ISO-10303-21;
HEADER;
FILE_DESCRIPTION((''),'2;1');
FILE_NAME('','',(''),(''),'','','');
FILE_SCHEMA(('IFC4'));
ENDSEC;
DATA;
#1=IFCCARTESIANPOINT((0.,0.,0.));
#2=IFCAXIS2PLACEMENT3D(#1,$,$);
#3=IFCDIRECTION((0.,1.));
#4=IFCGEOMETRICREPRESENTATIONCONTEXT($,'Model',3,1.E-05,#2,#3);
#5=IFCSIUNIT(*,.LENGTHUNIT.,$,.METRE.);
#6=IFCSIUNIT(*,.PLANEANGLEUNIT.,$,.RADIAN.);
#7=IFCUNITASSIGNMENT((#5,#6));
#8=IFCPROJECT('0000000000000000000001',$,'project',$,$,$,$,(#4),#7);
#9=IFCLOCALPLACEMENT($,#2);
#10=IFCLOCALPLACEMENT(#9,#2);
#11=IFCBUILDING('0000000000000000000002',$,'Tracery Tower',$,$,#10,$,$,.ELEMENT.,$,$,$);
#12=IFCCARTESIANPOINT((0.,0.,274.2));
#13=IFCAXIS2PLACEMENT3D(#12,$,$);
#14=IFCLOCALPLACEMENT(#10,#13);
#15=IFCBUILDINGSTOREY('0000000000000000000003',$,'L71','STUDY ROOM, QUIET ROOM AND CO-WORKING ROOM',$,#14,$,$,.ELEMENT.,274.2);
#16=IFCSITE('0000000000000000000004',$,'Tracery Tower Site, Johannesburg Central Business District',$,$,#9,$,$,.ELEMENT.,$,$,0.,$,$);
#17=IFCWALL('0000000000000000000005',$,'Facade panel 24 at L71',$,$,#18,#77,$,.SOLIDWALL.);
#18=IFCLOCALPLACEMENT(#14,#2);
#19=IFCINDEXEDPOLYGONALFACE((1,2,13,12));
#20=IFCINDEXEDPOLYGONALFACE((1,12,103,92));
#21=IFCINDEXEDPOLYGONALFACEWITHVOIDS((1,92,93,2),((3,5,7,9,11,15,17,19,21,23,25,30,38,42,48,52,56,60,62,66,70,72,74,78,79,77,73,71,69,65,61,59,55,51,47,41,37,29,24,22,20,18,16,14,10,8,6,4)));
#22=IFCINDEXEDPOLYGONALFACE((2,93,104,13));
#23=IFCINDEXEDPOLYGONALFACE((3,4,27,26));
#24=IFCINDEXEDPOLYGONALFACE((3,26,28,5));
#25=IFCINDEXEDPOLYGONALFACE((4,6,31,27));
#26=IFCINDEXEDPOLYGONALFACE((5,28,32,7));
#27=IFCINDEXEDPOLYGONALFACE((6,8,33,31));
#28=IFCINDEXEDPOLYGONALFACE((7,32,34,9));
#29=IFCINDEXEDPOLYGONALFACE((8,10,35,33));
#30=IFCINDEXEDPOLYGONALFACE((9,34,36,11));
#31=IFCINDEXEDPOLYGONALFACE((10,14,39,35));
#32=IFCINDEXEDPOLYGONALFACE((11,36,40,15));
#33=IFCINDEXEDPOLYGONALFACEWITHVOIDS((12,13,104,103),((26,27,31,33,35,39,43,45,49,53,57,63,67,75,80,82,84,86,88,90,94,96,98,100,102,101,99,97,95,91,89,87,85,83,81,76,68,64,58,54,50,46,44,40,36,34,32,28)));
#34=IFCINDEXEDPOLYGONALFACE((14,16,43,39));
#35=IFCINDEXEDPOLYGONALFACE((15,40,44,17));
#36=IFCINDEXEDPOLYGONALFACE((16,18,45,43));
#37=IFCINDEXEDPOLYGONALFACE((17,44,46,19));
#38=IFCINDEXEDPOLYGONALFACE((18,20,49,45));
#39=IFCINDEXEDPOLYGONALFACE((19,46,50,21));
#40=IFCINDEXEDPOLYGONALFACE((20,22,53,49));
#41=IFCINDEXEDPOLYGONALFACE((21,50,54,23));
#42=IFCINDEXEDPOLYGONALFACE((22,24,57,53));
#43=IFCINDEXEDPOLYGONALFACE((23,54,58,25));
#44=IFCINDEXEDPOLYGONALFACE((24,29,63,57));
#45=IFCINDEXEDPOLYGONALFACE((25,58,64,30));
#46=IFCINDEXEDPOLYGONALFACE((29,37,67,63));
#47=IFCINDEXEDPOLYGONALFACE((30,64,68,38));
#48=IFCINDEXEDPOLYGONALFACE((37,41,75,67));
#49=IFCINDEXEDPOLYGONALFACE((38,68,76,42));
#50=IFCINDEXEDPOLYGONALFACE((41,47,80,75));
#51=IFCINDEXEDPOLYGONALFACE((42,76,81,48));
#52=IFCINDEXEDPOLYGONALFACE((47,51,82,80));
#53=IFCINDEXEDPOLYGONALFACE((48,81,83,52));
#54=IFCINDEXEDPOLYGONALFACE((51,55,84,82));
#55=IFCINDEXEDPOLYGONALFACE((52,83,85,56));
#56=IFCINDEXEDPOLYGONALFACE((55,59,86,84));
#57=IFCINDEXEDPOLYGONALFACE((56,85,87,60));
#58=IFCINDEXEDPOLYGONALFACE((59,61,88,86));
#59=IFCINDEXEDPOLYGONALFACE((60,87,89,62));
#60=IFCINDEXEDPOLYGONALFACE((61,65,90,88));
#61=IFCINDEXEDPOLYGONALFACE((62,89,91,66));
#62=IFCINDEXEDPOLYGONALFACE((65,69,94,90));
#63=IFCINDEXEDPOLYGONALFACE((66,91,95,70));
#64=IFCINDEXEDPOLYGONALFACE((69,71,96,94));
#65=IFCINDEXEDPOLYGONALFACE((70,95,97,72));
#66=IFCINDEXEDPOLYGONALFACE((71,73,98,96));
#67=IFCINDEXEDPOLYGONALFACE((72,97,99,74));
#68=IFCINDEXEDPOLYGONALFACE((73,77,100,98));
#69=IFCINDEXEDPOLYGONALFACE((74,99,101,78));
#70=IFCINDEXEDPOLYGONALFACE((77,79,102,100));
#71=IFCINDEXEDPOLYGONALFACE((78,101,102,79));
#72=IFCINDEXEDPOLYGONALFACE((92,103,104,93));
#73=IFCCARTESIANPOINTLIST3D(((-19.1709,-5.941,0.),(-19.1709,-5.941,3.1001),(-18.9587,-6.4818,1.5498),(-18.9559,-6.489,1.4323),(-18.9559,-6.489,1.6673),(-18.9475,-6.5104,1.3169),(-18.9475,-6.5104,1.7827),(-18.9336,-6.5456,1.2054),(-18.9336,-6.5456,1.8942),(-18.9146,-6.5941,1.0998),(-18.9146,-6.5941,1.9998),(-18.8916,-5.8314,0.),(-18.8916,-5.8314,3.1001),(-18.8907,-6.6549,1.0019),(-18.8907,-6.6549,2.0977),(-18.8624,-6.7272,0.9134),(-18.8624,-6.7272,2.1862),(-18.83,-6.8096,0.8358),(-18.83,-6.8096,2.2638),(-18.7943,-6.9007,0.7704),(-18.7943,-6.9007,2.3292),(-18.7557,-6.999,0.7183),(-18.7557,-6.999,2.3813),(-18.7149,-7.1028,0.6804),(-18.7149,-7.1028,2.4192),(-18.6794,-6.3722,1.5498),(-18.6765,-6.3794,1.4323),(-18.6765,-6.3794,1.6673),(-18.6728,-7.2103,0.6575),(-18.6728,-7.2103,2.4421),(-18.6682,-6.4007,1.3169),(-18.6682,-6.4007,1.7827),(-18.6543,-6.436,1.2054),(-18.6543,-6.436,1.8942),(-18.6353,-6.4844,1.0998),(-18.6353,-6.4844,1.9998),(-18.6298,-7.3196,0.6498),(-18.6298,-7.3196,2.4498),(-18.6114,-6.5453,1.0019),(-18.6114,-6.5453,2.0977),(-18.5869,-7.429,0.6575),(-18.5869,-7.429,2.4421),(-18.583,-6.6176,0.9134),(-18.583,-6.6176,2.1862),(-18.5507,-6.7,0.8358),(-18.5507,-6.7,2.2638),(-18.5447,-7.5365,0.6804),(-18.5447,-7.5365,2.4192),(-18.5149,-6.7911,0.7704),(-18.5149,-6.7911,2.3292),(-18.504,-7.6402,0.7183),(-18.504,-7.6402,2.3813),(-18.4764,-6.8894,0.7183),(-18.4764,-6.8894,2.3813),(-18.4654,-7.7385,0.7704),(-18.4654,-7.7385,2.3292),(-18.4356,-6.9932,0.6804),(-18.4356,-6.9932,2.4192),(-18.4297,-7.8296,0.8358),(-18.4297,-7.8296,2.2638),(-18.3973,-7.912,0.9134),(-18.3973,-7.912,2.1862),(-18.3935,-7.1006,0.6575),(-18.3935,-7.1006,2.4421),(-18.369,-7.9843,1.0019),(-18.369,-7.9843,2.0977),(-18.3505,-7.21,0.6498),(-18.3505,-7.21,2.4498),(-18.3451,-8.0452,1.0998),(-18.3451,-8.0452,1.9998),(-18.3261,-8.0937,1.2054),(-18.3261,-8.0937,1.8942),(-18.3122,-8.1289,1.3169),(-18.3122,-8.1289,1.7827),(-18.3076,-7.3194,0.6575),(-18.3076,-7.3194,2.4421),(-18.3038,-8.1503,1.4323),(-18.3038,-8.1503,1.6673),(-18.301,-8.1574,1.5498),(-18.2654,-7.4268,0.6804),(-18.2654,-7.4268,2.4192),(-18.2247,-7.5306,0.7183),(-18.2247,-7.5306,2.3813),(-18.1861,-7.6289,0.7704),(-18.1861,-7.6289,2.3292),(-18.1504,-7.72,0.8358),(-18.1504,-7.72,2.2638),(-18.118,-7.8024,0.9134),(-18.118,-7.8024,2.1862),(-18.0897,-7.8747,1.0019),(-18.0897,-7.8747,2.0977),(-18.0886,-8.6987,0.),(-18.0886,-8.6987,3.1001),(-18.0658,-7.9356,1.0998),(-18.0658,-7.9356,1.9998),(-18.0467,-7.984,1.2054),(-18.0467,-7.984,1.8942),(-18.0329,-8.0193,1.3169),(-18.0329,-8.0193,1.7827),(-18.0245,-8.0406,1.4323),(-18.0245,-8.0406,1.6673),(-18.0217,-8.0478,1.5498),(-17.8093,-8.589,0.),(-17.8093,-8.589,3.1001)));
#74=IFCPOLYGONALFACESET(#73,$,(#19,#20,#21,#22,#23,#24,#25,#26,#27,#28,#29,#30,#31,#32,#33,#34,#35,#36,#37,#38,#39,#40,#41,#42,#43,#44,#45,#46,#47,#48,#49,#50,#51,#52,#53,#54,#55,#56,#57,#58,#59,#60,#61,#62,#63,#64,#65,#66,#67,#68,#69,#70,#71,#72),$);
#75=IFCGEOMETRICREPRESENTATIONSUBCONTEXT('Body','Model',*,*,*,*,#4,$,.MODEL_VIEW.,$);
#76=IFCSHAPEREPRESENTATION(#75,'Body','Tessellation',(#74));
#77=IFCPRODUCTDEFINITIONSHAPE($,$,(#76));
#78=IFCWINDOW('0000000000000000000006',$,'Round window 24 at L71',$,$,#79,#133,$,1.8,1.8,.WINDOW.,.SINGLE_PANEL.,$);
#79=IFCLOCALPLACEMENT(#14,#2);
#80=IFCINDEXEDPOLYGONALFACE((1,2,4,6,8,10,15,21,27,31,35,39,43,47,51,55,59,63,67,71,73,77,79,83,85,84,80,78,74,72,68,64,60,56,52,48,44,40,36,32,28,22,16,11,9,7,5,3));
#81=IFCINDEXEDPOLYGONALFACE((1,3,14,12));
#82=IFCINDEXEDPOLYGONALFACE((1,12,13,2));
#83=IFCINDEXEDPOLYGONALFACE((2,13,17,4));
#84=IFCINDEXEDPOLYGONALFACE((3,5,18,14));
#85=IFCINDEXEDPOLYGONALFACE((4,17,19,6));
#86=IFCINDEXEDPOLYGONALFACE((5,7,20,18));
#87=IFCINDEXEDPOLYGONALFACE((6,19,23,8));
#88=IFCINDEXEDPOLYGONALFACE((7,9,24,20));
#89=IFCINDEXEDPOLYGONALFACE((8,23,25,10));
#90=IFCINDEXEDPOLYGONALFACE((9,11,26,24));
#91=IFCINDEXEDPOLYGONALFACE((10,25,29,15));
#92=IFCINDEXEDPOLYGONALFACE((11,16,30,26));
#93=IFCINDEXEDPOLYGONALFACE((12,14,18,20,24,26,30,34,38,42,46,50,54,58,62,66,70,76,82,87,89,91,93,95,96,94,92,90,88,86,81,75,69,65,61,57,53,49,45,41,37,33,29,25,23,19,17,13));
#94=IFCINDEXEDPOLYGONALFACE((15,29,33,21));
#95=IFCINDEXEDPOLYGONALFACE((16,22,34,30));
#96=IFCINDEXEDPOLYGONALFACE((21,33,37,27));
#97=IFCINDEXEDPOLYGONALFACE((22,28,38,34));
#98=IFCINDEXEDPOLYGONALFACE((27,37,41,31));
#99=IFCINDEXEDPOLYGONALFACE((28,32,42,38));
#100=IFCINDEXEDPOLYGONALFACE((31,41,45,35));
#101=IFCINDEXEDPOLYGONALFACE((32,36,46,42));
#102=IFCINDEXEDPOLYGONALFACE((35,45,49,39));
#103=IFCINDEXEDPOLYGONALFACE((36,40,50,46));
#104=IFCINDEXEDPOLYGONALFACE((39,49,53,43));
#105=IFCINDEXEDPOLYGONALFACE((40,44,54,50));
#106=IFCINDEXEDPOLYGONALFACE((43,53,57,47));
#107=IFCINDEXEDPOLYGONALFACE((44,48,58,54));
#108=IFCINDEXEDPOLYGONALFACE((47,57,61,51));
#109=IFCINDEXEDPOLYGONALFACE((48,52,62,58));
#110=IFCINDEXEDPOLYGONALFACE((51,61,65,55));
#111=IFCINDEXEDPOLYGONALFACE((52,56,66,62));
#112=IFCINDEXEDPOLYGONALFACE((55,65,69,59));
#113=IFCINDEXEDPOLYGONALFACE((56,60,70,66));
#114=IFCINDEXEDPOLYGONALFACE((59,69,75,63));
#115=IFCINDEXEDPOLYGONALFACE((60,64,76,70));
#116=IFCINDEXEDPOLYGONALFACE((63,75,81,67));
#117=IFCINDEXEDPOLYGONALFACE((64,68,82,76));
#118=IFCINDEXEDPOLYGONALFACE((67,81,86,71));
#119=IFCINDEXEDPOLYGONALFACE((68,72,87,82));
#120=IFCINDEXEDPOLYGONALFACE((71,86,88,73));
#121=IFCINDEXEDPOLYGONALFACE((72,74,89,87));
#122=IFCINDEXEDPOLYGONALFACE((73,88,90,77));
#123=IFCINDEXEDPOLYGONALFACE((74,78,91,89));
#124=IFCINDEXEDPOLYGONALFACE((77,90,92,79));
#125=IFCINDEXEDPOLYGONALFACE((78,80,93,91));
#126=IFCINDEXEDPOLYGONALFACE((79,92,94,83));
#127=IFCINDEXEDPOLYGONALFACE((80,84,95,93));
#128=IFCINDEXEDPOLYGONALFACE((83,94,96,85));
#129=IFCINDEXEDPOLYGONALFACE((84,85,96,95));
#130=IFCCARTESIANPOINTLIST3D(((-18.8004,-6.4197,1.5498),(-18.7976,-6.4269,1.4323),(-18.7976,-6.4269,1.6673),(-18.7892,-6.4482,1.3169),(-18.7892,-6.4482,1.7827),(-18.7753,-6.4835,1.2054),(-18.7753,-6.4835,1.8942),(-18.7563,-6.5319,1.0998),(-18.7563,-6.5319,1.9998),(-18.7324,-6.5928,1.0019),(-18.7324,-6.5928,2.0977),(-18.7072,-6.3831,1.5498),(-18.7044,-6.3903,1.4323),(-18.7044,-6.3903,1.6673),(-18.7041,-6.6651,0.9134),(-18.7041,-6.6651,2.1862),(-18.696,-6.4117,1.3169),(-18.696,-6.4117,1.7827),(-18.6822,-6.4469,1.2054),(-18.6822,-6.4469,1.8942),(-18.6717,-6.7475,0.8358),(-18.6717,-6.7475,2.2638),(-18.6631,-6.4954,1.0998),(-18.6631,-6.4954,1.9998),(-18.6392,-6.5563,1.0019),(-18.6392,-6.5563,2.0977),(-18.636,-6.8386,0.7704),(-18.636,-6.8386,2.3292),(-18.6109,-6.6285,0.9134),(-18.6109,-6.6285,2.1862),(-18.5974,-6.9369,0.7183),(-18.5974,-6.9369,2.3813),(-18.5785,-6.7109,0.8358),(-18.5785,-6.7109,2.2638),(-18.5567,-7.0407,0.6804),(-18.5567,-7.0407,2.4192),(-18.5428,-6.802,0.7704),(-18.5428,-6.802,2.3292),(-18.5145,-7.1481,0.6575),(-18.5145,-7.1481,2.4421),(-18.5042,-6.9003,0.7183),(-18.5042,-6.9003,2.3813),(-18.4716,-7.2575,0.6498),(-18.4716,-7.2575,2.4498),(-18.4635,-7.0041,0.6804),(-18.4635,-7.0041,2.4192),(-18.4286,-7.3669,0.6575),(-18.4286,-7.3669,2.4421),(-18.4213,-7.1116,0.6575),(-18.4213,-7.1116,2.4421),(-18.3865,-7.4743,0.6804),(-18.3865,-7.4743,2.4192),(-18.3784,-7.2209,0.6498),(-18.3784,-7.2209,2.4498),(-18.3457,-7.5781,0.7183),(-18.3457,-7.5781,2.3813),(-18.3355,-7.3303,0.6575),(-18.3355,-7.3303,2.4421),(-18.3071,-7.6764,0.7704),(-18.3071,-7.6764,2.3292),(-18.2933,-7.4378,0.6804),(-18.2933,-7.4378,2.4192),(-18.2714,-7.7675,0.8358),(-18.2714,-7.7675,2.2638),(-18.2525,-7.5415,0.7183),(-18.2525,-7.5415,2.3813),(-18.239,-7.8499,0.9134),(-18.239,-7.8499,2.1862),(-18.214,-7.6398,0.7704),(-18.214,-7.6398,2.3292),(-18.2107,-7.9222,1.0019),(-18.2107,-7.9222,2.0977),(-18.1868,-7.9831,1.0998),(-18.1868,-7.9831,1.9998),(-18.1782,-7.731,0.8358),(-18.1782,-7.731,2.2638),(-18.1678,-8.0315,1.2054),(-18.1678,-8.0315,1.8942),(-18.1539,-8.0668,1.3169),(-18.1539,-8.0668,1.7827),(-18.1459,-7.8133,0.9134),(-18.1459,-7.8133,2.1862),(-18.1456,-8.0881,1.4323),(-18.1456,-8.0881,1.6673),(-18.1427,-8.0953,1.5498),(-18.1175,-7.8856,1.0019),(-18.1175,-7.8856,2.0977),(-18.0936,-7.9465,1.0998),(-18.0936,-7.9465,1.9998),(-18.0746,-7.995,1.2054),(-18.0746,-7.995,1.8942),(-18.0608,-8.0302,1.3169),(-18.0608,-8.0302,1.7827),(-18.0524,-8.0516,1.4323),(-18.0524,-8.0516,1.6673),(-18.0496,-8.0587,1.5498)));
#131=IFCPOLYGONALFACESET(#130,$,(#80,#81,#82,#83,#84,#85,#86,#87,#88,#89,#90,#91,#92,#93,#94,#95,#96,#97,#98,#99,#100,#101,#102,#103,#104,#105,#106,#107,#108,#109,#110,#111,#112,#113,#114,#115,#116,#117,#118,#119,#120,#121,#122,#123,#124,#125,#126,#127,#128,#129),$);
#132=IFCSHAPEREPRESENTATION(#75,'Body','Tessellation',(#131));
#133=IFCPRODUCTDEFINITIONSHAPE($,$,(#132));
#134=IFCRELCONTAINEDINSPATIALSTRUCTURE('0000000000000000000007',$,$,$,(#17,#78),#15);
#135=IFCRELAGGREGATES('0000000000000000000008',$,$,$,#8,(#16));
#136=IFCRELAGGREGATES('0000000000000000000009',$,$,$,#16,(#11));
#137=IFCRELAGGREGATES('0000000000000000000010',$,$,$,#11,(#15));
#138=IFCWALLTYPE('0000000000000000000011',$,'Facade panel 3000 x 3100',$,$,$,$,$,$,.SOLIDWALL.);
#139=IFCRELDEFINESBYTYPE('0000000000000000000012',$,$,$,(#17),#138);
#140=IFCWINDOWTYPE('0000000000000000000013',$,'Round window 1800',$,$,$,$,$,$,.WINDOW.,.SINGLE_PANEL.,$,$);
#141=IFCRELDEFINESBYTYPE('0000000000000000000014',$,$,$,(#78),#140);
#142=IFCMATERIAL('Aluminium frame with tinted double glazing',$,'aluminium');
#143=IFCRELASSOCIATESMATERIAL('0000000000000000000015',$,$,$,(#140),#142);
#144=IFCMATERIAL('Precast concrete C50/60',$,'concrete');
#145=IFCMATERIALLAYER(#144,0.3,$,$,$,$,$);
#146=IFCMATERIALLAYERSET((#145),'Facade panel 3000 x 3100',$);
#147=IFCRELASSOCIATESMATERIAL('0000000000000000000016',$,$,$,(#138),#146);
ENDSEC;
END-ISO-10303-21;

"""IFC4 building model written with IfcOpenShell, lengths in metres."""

from ifc_helpers import new_model, si_unit, direction, frame, frame_2d, origin, origin_2d, place, context, subcontext, project, spatial, rectangle, circle, extrude, material, layer, layer_set, type_object, element, fill, save


model = new_model("IFC4")

# Units and contexts
model_context = context("Model", 3, precision=1e-05, world=origin(), true_north=direction((0.0, 1.0)))
body_context = subcontext(model_context, "Body", "Model", "MODEL_VIEW")
ifc_project = project(units=[si_unit("LENGTHUNIT", "METRE"), si_unit("PLANEANGLEUNIT", "RADIAN")], contexts=[model_context])

# Site, building, storey
site_placement = place(None, origin())
site = spatial("IfcSite", under=ifc_project, at=site_placement, Name="Tracery Tower Site, Johannesburg Central Business District", CompositionType="ELEMENT", RefElevation=0.0)
building_placement = place(site_placement, origin())
building = spatial("IfcBuilding", under=site, at=building_placement, Name="Tracery Tower", CompositionType="ELEMENT")
storey_placement = place(building_placement, frame((0.0, 0.0, 274.2)))
storey = spatial("IfcBuildingStorey", under=building, at=storey_placement, Name="L71", Description="STUDY ROOM, QUIET ROOM AND CO-WORKING ROOM", CompositionType="ELEMENT", Elevation=274.2)

# Wall, opening, window
ifc_material_1 = material(Name="Aluminium frame with tinted double glazing", Category="aluminium")
window_type = type_object("IfcWindowType", Name="Round window 1800", PartitioningType="SINGLE_PANEL", PredefinedType="WINDOW", material=ifc_material_1)
ifc_material_2 = material(Name="Precast concrete C50/60", Category="concrete")
ifc_layer_1 = layer(ifc_material_2, 0.3)
ifc_layer_set_1 = layer_set([ifc_layer_1], Name="Facade panel 3000 x 3100")
wall_type_1 = type_object("IfcWallType", Name="Facade panel 3000 x 3100", PredefinedType="SOLIDWALL", material=ifc_layer_set_1)
wall_1_placement = place(storey_placement, frame((-19.0312, -5.8862, 0.0), z_axis=(0.0, 0.0, 1.0), x_axis=(0.365344, -0.930873, 0.0)))
wall_1 = element("IfcWall", 1, at=wall_1_placement, inside=storey, type_object=wall_type_1, Name="Facade panel 24 at L71", PredefinedType="SOLIDWALL", context=body_context, shape_type="SweptSolid", body=[
    extrude(rectangle(XDim=2.9624, YDim=0.3, at=frame_2d((1.4812, 0.0))), origin(), (0.0, 0.0, 1.0), 3.1001),
])
opening_1_placement = place(wall_1_placement, frame((1.481, 0.0, 1.5498)))
opening_1 = element("IfcOpeningElement", 2, at=opening_1_placement, cuts=wall_1, PredefinedType="OPENING", context=body_context, shape_type="SweptSolid", body=[
    extrude(circle(Radius=0.9, at=origin_2d()), frame((0.0, 0.1599, 0.0), z_axis=(0.0, -1.0, 0.0), x_axis=(1.0, 0.0, 0.0)), (0.0, 0.0, 1.0), 0.3201),
])
window_1_placement = place(opening_1_placement, origin())
window_1 = element("IfcWindow", 3, at=window_1_placement, inside=storey, type_object=window_type, Name="Round window 24 at L71", OverallHeight=1.8, OverallWidth=1.8, PartitioningType="SINGLE_PANEL", PredefinedType="WINDOW", context=body_context, shape_type="SweptSolid", body=[
    extrude(circle(Radius=0.9, at=origin_2d()), frame((0.0, 0.1201, 0.0), z_axis=(0.0, -1.0, 0.0), x_axis=(1.0, 0.0, 0.0)), (0.0, 0.0, 1.0), 0.1001),
])
fill(opening_1, window_1)

save(model, "model.ifc")
